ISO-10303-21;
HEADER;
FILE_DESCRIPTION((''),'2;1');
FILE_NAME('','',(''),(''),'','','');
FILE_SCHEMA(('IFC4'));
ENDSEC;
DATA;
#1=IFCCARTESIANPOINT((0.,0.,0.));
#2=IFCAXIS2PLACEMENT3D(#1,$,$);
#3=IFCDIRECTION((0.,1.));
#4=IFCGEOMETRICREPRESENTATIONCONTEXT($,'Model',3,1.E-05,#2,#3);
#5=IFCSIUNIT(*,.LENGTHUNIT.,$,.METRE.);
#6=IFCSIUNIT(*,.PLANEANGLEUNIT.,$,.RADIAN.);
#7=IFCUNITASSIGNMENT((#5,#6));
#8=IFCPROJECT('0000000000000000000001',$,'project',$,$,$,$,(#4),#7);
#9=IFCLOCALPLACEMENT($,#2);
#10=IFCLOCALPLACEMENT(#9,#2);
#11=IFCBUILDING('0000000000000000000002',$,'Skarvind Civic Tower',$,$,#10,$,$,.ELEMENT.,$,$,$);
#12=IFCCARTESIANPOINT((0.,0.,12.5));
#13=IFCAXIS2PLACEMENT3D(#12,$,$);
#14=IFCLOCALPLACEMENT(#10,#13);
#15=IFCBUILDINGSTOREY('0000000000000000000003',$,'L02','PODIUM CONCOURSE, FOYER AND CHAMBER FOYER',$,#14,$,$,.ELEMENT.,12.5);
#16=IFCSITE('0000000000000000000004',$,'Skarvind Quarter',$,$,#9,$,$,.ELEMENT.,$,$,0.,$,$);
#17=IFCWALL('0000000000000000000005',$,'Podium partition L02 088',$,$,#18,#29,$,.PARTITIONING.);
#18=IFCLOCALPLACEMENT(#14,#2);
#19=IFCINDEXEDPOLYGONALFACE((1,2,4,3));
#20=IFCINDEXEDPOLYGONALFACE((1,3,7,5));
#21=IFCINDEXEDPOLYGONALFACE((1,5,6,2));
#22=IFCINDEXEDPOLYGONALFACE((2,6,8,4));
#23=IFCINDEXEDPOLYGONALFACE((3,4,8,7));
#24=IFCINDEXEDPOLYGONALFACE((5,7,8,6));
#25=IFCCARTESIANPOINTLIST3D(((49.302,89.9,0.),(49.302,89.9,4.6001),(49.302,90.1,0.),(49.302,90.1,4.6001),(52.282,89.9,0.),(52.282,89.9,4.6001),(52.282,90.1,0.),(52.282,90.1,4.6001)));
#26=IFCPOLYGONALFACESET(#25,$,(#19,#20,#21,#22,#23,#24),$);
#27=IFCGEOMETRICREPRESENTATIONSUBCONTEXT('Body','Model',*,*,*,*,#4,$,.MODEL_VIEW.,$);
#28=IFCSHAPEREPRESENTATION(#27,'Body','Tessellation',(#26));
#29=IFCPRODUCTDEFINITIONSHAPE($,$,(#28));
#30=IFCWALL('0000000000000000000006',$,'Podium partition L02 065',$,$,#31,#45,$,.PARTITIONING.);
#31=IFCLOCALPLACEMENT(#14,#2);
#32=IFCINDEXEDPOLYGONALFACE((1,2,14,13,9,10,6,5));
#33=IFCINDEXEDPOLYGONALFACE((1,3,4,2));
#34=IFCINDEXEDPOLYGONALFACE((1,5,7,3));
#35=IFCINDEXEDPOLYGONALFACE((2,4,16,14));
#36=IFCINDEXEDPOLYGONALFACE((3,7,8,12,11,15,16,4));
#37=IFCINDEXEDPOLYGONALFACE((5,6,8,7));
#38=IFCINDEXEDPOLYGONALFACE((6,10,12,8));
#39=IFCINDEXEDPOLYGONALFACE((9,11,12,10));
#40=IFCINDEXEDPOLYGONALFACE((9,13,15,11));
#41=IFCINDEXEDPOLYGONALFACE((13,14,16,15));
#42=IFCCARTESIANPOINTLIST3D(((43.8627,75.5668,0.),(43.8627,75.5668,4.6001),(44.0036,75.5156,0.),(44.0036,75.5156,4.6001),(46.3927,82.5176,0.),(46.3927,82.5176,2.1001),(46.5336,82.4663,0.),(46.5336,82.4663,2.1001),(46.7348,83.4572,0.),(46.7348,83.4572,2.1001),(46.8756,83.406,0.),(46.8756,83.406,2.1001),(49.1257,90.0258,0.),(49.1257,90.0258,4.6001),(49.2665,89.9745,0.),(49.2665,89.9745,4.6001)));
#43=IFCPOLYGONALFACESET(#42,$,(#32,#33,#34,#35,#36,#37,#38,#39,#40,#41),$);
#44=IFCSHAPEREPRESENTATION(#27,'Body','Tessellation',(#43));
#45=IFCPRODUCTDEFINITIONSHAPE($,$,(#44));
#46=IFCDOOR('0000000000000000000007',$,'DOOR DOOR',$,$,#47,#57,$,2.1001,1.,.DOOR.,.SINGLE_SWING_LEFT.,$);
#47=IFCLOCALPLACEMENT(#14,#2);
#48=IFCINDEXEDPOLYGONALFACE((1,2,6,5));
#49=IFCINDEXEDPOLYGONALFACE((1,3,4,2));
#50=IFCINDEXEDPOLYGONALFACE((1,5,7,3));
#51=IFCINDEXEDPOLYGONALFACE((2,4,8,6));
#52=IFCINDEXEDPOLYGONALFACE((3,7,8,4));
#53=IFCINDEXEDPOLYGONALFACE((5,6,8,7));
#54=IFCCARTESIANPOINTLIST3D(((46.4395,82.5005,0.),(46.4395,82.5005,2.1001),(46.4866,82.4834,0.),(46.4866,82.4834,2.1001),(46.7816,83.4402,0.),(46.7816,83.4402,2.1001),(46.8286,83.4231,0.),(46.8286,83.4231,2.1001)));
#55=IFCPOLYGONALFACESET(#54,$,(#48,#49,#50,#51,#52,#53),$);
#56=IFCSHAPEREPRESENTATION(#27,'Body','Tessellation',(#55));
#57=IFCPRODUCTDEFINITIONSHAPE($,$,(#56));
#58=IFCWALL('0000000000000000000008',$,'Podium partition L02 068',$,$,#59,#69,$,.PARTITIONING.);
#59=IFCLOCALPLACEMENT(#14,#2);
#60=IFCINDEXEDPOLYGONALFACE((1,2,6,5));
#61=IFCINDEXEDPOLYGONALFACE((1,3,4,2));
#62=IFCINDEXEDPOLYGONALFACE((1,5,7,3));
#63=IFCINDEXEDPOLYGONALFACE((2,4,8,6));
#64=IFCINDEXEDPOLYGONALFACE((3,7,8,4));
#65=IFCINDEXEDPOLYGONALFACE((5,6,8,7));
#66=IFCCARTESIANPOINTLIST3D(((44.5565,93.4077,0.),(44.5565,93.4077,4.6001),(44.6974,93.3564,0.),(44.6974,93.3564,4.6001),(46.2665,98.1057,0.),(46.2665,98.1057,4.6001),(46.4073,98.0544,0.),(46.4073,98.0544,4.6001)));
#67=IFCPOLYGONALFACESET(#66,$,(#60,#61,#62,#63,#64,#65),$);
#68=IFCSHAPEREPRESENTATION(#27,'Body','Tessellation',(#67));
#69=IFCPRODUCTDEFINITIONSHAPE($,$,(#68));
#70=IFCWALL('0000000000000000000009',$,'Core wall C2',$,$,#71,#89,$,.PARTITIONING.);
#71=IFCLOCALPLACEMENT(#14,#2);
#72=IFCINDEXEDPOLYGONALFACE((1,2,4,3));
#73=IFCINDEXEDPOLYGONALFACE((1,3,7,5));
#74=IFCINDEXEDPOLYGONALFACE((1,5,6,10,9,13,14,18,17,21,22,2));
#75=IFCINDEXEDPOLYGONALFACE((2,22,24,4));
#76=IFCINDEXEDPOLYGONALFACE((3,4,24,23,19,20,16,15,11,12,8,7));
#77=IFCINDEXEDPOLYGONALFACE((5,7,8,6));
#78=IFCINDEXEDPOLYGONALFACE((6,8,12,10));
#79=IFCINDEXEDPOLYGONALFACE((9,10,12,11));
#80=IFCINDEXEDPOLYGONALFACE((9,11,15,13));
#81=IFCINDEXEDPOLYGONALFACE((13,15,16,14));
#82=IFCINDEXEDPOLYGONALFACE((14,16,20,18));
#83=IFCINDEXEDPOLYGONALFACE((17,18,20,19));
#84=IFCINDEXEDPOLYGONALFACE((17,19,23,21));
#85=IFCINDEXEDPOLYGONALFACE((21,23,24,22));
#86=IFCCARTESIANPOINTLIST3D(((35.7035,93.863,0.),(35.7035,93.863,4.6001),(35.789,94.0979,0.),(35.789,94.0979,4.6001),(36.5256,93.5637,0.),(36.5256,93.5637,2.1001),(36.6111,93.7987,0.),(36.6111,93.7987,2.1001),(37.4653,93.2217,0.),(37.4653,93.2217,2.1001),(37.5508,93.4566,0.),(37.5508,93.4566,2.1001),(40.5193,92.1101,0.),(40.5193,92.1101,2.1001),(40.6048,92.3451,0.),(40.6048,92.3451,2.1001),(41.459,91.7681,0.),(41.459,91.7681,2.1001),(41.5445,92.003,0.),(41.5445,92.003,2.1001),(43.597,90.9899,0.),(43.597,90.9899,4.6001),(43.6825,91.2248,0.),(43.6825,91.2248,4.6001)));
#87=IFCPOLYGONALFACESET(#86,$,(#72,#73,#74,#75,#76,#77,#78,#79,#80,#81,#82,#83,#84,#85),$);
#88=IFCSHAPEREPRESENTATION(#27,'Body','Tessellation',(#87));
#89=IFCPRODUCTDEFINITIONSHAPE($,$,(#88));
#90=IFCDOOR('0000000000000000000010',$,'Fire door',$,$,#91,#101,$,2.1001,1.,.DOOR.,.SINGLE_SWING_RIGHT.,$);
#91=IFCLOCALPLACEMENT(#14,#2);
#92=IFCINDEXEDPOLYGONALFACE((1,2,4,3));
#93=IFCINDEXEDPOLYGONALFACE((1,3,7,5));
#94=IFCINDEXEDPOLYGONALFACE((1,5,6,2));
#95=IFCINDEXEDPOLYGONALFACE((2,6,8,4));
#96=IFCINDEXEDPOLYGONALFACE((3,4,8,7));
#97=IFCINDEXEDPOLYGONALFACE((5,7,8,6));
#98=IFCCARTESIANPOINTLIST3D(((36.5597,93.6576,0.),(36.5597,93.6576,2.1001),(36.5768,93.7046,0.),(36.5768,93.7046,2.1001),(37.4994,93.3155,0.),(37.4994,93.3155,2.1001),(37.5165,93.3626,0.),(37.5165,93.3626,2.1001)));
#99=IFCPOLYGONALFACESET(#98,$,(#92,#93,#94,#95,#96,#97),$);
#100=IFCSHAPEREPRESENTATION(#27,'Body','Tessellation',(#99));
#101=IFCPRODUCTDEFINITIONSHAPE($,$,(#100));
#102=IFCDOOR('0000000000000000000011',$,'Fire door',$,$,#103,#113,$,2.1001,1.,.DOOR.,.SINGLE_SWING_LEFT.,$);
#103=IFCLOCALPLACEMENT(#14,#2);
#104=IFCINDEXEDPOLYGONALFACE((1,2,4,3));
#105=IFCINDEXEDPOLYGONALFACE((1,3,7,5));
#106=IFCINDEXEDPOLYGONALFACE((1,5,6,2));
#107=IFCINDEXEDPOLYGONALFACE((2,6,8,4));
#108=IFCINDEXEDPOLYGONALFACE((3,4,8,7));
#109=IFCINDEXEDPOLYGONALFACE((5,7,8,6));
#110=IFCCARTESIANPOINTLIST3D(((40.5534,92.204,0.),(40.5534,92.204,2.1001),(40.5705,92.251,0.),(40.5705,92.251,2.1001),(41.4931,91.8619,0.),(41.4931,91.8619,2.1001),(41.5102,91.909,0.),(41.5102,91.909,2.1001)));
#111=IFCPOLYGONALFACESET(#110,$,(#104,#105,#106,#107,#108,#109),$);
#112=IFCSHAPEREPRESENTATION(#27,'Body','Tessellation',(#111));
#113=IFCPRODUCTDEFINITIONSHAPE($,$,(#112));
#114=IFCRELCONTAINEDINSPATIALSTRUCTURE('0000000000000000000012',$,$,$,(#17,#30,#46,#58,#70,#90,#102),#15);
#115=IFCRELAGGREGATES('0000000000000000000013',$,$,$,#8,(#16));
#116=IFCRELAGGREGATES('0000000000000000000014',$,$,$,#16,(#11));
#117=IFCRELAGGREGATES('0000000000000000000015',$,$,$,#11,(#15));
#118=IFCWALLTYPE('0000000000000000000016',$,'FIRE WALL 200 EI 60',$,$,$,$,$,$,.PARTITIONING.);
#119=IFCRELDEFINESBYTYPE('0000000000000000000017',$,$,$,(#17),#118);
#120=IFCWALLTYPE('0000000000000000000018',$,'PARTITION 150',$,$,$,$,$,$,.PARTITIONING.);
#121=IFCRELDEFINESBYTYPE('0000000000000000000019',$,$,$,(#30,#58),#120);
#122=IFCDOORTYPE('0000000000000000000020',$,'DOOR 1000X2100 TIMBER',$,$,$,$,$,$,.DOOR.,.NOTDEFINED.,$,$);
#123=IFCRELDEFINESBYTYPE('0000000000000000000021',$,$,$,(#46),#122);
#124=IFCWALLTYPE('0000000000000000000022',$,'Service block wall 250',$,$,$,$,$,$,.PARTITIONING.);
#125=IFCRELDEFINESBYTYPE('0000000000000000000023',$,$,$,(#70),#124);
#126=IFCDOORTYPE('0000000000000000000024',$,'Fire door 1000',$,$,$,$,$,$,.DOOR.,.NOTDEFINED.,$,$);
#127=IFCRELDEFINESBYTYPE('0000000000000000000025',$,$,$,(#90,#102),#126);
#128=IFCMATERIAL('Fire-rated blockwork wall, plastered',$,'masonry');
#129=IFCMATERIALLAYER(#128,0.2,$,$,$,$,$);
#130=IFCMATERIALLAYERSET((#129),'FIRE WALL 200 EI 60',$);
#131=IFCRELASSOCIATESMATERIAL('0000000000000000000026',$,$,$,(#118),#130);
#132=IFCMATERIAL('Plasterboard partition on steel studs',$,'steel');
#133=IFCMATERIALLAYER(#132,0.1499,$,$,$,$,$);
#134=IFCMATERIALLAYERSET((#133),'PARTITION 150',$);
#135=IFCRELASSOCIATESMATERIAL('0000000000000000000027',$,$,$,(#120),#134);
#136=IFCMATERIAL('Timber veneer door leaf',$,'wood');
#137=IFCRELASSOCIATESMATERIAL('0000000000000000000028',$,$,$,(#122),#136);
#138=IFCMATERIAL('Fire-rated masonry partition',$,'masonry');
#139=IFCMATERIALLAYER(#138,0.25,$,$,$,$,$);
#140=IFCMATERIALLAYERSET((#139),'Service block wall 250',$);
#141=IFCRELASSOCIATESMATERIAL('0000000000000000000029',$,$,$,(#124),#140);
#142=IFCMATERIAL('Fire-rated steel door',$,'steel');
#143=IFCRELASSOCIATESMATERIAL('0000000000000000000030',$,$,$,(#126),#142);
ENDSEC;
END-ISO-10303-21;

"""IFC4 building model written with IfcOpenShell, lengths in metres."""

from ifc_helpers import new_model, si_unit, direction, frame, frame_2d, origin, place, context, subcontext, project, spatial, rectangle, extrude, material, layer, layer_set, type_object, element, fill, save


model = new_model("IFC4")

# Units and contexts
model_context = context("Model", 3, precision=1e-05, world=origin(), true_north=direction((0.0, 1.0)))
body_context = subcontext(model_context, "Body", "Model", "MODEL_VIEW")
ifc_project = project(units=[si_unit("LENGTHUNIT", "METRE"), si_unit("PLANEANGLEUNIT", "RADIAN")], contexts=[model_context])

# Site, building, storey
site_placement = place(None, origin())
site = spatial("IfcSite", under=ifc_project, at=site_placement, Name="Skarvind Quarter", CompositionType="ELEMENT", RefElevation=0.0)
building_placement = place(site_placement, origin())
building = spatial("IfcBuilding", under=site, at=building_placement, Name="Skarvind Civic Tower", CompositionType="ELEMENT")
storey_placement = place(building_placement, frame((0.0, 0.0, 12.5)))
storey = spatial("IfcBuildingStorey", under=building, at=storey_placement, Name="L02", Description="PODIUM CONCOURSE, FOYER AND CHAMBER FOYER", CompositionType="ELEMENT", Elevation=12.5)

# Shared definitions
ifc_material_1 = material(Name="Fire-rated masonry partition", Category="masonry")
ifc_material_2 = material(Name="Fire-rated steel door", Category="steel")

# Shared definitions
ifc_material_3 = material(Name="Fire-rated blockwork wall, plastered", Category="masonry")
ifc_layer_1 = layer(ifc_material_3, 0.2)
ifc_layer_set_1 = layer_set([ifc_layer_1], Name="FIRE WALL 200 EI 60")
wall_type_1 = type_object("IfcWallType", Name="FIRE WALL 200 EI 60", PredefinedType="PARTITIONING", material=ifc_layer_set_1)

# Wall
wall_1_placement = place(storey_placement, frame((49.302, 90.0, 0.0), z_axis=(0.0, 0.0, 1.0), x_axis=(1.0, 0.0, 0.0)))
element("IfcWall", 1, at=wall_1_placement, inside=storey, type_object=wall_type_1, Name="Podium partition L02 088", PredefinedType="PARTITIONING", context=body_context, shape_type="SweptSolid", body=[
    extrude(rectangle(XDim=2.98, YDim=0.2, at=frame_2d((1.49, 0.0))), origin(), (0.0, 0.0, 1.0), 4.6001),
])

# Wall, opening, door
ifc_material_4 = material(Name="Plasterboard partition on steel studs", Category="steel")
ifc_layer_2 = layer(ifc_material_4, 0.1499)
ifc_layer_set_2 = layer_set([ifc_layer_2], Name="PARTITION 150")
wall_type_2 = type_object("IfcWallType", Name="PARTITION 150", PredefinedType="PARTITIONING", material=ifc_layer_set_2)
wall_2_placement = place(storey_placement, frame((49.196, 90.0, 0.0), z_axis=(0.0, 0.0, 1.0), x_axis=(-0.342037, -0.939686, 0.0)))
wall_2 = element("IfcWall", 2, at=wall_2_placement, inside=storey, type_object=wall_type_2, Name="Podium partition L02 065", PredefinedType="PARTITIONING", context=body_context, shape_type="SweptSolid", body=[
    extrude(rectangle(XDim=15.387, YDim=0.1499, at=frame_2d((7.6934, 0.0))), origin(), (0.0, 0.0, 1.0), 4.6001),
])
opening_1_placement = place(wall_2_placement, frame((6.99, 0.0, 0.0)))
opening_1 = element("IfcOpeningElement", 3, at=opening_1_placement, cuts=wall_2, PredefinedType="OPENING", context=body_context, shape_type="SweptSolid", body=[
    extrude(rectangle(XDim=1.0, YDim=2.1001, at=frame_2d((0.5, 1.05))), frame((0.0, 0.085, 0.0), z_axis=(0.0, -1.0, 0.0), x_axis=(1.0, 0.0, 0.0)), (0.0, 0.0, 1.0), 0.1699),
])
ifc_material_5 = material(Name="Timber veneer door leaf", Category="wood")
door_type_1 = type_object("IfcDoorType", Name="DOOR 1000X2100 TIMBER", OperationType="NOTDEFINED", PredefinedType="DOOR", material=ifc_material_5)
door_1_placement = place(opening_1_placement, origin())
door_1 = element("IfcDoor", 4, at=door_1_placement, inside=storey, type_object=door_type_1, Name="DOOR DOOR", OperationType="SINGLE_SWING_LEFT", OverallHeight=2.1001, OverallWidth=1.0, PredefinedType="DOOR", context=body_context, shape_type="SweptSolid", body=[
    extrude(rectangle(XDim=1.0, YDim=2.1001, at=frame_2d((0.5, 1.05))), frame((0.0, 0.0249, 0.0), z_axis=(0.0, -1.0, 0.0), x_axis=(1.0, 0.0, 0.0)), (0.0, 0.0, 1.0), 0.05),
])
fill(opening_1, door_1)

# Wall
wall_3_placement = place(storey_placement, frame((44.627, 93.3821, 0.0), z_axis=(0.0, 0.0, 1.0), x_axis=(0.342025, 0.939691, 0.0)))
element("IfcWall", 5, at=wall_3_placement, inside=storey, type_object=wall_type_2, Name="Podium partition L02 068", PredefinedType="PARTITIONING", context=body_context, shape_type="SweptSolid", body=[
    extrude(rectangle(XDim=4.9995, YDim=0.1499, at=frame_2d((2.4998, 0.0))), origin(), (0.0, 0.0, 1.0), 4.6001),
])

# Wall, openings, doors
ifc_layer_3 = layer(ifc_material_1, 0.25)
ifc_layer_set_3 = layer_set([ifc_layer_3], Name="Service block wall 250")
wall_type_3 = type_object("IfcWallType", Name="Service block wall 250", PredefinedType="PARTITIONING", material=ifc_layer_set_3)
wall_4_placement = place(storey_placement, frame((35.7461, 93.9805, 0.0), z_axis=(0.0, 0.0, 1.0), x_axis=(0.939692, -0.342023, 0.0)))
wall_4 = element("IfcWall", 6, at=wall_4_placement, inside=storey, type_object=wall_type_3, Name="Core wall C2", PredefinedType="PARTITIONING", context=body_context, shape_type="SweptSolid", body=[
    extrude(rectangle(XDim=8.4001, YDim=0.25, at=frame_2d((4.2002, 0.0))), origin(), (0.0, 0.0, 1.0), 4.6001),
])
opening_2_placement = place(wall_4_placement, frame((0.875, 0.0, 0.0)))
opening_2 = element("IfcOpeningElement", 7, at=opening_2_placement, cuts=wall_4, PredefinedType="OPENING", context=body_context, shape_type="SweptSolid", body=[
    extrude(rectangle(XDim=1.0, YDim=2.1001, at=frame_2d((0.5, 1.05))), frame((0.0, 0.135, 0.0), z_axis=(0.0, -1.0, 0.0), x_axis=(1.0, 0.0, 0.0)), (0.0, 0.0, 1.0), 0.27),
])
opening_3_placement = place(wall_4_placement, frame((5.125, 0.0, 0.0)))
opening_3 = element("IfcOpeningElement", 8, at=opening_3_placement, cuts=wall_4, PredefinedType="OPENING", context=body_context, shape_type="SweptSolid", body=[
    extrude(rectangle(XDim=1.0, YDim=2.1001, at=frame_2d((0.5, 1.05))), frame((0.0, 0.135, 0.0), z_axis=(0.0, -1.0, 0.0), x_axis=(1.0, 0.0, 0.0)), (0.0, 0.0, 1.0), 0.27),
])
door_type_2 = type_object("IfcDoorType", Name="Fire door 1000", OperationType="NOTDEFINED", PredefinedType="DOOR", material=ifc_material_2)
door_2_placement = place(opening_2_placement, origin())
door_2 = element("IfcDoor", 9, at=door_2_placement, inside=storey, type_object=door_type_2, Name="Fire door", OperationType="SINGLE_SWING_RIGHT", OverallHeight=2.1001, OverallWidth=1.0, PredefinedType="DOOR", context=body_context, shape_type="SweptSolid", body=[
    extrude(rectangle(XDim=1.0, YDim=2.1001, at=frame_2d((0.5, 1.05))), frame((0.0, 0.0249, 0.0), z_axis=(0.0, -1.0, 0.0), x_axis=(1.0, 0.0, 0.0)), (0.0, 0.0, 1.0), 0.05),
])
fill(opening_2, door_2)
door_3_placement = place(opening_3_placement, origin())
door_3 = element("IfcDoor", 10, at=door_3_placement, inside=storey, type_object=door_type_2, Name="Fire door", OperationType="SINGLE_SWING_LEFT", OverallHeight=2.1001, OverallWidth=1.0, PredefinedType="DOOR", context=body_context, shape_type="SweptSolid", body=[
    extrude(rectangle(XDim=1.0, YDim=2.1001, at=frame_2d((0.5, 1.05))), frame((0.0, 0.0249, 0.0), z_axis=(0.0, -1.0, 0.0), x_axis=(1.0, 0.0, 0.0)), (0.0, 0.0, 1.0), 0.05),
])
fill(opening_3, door_3)

save(model, "model.ifc")
